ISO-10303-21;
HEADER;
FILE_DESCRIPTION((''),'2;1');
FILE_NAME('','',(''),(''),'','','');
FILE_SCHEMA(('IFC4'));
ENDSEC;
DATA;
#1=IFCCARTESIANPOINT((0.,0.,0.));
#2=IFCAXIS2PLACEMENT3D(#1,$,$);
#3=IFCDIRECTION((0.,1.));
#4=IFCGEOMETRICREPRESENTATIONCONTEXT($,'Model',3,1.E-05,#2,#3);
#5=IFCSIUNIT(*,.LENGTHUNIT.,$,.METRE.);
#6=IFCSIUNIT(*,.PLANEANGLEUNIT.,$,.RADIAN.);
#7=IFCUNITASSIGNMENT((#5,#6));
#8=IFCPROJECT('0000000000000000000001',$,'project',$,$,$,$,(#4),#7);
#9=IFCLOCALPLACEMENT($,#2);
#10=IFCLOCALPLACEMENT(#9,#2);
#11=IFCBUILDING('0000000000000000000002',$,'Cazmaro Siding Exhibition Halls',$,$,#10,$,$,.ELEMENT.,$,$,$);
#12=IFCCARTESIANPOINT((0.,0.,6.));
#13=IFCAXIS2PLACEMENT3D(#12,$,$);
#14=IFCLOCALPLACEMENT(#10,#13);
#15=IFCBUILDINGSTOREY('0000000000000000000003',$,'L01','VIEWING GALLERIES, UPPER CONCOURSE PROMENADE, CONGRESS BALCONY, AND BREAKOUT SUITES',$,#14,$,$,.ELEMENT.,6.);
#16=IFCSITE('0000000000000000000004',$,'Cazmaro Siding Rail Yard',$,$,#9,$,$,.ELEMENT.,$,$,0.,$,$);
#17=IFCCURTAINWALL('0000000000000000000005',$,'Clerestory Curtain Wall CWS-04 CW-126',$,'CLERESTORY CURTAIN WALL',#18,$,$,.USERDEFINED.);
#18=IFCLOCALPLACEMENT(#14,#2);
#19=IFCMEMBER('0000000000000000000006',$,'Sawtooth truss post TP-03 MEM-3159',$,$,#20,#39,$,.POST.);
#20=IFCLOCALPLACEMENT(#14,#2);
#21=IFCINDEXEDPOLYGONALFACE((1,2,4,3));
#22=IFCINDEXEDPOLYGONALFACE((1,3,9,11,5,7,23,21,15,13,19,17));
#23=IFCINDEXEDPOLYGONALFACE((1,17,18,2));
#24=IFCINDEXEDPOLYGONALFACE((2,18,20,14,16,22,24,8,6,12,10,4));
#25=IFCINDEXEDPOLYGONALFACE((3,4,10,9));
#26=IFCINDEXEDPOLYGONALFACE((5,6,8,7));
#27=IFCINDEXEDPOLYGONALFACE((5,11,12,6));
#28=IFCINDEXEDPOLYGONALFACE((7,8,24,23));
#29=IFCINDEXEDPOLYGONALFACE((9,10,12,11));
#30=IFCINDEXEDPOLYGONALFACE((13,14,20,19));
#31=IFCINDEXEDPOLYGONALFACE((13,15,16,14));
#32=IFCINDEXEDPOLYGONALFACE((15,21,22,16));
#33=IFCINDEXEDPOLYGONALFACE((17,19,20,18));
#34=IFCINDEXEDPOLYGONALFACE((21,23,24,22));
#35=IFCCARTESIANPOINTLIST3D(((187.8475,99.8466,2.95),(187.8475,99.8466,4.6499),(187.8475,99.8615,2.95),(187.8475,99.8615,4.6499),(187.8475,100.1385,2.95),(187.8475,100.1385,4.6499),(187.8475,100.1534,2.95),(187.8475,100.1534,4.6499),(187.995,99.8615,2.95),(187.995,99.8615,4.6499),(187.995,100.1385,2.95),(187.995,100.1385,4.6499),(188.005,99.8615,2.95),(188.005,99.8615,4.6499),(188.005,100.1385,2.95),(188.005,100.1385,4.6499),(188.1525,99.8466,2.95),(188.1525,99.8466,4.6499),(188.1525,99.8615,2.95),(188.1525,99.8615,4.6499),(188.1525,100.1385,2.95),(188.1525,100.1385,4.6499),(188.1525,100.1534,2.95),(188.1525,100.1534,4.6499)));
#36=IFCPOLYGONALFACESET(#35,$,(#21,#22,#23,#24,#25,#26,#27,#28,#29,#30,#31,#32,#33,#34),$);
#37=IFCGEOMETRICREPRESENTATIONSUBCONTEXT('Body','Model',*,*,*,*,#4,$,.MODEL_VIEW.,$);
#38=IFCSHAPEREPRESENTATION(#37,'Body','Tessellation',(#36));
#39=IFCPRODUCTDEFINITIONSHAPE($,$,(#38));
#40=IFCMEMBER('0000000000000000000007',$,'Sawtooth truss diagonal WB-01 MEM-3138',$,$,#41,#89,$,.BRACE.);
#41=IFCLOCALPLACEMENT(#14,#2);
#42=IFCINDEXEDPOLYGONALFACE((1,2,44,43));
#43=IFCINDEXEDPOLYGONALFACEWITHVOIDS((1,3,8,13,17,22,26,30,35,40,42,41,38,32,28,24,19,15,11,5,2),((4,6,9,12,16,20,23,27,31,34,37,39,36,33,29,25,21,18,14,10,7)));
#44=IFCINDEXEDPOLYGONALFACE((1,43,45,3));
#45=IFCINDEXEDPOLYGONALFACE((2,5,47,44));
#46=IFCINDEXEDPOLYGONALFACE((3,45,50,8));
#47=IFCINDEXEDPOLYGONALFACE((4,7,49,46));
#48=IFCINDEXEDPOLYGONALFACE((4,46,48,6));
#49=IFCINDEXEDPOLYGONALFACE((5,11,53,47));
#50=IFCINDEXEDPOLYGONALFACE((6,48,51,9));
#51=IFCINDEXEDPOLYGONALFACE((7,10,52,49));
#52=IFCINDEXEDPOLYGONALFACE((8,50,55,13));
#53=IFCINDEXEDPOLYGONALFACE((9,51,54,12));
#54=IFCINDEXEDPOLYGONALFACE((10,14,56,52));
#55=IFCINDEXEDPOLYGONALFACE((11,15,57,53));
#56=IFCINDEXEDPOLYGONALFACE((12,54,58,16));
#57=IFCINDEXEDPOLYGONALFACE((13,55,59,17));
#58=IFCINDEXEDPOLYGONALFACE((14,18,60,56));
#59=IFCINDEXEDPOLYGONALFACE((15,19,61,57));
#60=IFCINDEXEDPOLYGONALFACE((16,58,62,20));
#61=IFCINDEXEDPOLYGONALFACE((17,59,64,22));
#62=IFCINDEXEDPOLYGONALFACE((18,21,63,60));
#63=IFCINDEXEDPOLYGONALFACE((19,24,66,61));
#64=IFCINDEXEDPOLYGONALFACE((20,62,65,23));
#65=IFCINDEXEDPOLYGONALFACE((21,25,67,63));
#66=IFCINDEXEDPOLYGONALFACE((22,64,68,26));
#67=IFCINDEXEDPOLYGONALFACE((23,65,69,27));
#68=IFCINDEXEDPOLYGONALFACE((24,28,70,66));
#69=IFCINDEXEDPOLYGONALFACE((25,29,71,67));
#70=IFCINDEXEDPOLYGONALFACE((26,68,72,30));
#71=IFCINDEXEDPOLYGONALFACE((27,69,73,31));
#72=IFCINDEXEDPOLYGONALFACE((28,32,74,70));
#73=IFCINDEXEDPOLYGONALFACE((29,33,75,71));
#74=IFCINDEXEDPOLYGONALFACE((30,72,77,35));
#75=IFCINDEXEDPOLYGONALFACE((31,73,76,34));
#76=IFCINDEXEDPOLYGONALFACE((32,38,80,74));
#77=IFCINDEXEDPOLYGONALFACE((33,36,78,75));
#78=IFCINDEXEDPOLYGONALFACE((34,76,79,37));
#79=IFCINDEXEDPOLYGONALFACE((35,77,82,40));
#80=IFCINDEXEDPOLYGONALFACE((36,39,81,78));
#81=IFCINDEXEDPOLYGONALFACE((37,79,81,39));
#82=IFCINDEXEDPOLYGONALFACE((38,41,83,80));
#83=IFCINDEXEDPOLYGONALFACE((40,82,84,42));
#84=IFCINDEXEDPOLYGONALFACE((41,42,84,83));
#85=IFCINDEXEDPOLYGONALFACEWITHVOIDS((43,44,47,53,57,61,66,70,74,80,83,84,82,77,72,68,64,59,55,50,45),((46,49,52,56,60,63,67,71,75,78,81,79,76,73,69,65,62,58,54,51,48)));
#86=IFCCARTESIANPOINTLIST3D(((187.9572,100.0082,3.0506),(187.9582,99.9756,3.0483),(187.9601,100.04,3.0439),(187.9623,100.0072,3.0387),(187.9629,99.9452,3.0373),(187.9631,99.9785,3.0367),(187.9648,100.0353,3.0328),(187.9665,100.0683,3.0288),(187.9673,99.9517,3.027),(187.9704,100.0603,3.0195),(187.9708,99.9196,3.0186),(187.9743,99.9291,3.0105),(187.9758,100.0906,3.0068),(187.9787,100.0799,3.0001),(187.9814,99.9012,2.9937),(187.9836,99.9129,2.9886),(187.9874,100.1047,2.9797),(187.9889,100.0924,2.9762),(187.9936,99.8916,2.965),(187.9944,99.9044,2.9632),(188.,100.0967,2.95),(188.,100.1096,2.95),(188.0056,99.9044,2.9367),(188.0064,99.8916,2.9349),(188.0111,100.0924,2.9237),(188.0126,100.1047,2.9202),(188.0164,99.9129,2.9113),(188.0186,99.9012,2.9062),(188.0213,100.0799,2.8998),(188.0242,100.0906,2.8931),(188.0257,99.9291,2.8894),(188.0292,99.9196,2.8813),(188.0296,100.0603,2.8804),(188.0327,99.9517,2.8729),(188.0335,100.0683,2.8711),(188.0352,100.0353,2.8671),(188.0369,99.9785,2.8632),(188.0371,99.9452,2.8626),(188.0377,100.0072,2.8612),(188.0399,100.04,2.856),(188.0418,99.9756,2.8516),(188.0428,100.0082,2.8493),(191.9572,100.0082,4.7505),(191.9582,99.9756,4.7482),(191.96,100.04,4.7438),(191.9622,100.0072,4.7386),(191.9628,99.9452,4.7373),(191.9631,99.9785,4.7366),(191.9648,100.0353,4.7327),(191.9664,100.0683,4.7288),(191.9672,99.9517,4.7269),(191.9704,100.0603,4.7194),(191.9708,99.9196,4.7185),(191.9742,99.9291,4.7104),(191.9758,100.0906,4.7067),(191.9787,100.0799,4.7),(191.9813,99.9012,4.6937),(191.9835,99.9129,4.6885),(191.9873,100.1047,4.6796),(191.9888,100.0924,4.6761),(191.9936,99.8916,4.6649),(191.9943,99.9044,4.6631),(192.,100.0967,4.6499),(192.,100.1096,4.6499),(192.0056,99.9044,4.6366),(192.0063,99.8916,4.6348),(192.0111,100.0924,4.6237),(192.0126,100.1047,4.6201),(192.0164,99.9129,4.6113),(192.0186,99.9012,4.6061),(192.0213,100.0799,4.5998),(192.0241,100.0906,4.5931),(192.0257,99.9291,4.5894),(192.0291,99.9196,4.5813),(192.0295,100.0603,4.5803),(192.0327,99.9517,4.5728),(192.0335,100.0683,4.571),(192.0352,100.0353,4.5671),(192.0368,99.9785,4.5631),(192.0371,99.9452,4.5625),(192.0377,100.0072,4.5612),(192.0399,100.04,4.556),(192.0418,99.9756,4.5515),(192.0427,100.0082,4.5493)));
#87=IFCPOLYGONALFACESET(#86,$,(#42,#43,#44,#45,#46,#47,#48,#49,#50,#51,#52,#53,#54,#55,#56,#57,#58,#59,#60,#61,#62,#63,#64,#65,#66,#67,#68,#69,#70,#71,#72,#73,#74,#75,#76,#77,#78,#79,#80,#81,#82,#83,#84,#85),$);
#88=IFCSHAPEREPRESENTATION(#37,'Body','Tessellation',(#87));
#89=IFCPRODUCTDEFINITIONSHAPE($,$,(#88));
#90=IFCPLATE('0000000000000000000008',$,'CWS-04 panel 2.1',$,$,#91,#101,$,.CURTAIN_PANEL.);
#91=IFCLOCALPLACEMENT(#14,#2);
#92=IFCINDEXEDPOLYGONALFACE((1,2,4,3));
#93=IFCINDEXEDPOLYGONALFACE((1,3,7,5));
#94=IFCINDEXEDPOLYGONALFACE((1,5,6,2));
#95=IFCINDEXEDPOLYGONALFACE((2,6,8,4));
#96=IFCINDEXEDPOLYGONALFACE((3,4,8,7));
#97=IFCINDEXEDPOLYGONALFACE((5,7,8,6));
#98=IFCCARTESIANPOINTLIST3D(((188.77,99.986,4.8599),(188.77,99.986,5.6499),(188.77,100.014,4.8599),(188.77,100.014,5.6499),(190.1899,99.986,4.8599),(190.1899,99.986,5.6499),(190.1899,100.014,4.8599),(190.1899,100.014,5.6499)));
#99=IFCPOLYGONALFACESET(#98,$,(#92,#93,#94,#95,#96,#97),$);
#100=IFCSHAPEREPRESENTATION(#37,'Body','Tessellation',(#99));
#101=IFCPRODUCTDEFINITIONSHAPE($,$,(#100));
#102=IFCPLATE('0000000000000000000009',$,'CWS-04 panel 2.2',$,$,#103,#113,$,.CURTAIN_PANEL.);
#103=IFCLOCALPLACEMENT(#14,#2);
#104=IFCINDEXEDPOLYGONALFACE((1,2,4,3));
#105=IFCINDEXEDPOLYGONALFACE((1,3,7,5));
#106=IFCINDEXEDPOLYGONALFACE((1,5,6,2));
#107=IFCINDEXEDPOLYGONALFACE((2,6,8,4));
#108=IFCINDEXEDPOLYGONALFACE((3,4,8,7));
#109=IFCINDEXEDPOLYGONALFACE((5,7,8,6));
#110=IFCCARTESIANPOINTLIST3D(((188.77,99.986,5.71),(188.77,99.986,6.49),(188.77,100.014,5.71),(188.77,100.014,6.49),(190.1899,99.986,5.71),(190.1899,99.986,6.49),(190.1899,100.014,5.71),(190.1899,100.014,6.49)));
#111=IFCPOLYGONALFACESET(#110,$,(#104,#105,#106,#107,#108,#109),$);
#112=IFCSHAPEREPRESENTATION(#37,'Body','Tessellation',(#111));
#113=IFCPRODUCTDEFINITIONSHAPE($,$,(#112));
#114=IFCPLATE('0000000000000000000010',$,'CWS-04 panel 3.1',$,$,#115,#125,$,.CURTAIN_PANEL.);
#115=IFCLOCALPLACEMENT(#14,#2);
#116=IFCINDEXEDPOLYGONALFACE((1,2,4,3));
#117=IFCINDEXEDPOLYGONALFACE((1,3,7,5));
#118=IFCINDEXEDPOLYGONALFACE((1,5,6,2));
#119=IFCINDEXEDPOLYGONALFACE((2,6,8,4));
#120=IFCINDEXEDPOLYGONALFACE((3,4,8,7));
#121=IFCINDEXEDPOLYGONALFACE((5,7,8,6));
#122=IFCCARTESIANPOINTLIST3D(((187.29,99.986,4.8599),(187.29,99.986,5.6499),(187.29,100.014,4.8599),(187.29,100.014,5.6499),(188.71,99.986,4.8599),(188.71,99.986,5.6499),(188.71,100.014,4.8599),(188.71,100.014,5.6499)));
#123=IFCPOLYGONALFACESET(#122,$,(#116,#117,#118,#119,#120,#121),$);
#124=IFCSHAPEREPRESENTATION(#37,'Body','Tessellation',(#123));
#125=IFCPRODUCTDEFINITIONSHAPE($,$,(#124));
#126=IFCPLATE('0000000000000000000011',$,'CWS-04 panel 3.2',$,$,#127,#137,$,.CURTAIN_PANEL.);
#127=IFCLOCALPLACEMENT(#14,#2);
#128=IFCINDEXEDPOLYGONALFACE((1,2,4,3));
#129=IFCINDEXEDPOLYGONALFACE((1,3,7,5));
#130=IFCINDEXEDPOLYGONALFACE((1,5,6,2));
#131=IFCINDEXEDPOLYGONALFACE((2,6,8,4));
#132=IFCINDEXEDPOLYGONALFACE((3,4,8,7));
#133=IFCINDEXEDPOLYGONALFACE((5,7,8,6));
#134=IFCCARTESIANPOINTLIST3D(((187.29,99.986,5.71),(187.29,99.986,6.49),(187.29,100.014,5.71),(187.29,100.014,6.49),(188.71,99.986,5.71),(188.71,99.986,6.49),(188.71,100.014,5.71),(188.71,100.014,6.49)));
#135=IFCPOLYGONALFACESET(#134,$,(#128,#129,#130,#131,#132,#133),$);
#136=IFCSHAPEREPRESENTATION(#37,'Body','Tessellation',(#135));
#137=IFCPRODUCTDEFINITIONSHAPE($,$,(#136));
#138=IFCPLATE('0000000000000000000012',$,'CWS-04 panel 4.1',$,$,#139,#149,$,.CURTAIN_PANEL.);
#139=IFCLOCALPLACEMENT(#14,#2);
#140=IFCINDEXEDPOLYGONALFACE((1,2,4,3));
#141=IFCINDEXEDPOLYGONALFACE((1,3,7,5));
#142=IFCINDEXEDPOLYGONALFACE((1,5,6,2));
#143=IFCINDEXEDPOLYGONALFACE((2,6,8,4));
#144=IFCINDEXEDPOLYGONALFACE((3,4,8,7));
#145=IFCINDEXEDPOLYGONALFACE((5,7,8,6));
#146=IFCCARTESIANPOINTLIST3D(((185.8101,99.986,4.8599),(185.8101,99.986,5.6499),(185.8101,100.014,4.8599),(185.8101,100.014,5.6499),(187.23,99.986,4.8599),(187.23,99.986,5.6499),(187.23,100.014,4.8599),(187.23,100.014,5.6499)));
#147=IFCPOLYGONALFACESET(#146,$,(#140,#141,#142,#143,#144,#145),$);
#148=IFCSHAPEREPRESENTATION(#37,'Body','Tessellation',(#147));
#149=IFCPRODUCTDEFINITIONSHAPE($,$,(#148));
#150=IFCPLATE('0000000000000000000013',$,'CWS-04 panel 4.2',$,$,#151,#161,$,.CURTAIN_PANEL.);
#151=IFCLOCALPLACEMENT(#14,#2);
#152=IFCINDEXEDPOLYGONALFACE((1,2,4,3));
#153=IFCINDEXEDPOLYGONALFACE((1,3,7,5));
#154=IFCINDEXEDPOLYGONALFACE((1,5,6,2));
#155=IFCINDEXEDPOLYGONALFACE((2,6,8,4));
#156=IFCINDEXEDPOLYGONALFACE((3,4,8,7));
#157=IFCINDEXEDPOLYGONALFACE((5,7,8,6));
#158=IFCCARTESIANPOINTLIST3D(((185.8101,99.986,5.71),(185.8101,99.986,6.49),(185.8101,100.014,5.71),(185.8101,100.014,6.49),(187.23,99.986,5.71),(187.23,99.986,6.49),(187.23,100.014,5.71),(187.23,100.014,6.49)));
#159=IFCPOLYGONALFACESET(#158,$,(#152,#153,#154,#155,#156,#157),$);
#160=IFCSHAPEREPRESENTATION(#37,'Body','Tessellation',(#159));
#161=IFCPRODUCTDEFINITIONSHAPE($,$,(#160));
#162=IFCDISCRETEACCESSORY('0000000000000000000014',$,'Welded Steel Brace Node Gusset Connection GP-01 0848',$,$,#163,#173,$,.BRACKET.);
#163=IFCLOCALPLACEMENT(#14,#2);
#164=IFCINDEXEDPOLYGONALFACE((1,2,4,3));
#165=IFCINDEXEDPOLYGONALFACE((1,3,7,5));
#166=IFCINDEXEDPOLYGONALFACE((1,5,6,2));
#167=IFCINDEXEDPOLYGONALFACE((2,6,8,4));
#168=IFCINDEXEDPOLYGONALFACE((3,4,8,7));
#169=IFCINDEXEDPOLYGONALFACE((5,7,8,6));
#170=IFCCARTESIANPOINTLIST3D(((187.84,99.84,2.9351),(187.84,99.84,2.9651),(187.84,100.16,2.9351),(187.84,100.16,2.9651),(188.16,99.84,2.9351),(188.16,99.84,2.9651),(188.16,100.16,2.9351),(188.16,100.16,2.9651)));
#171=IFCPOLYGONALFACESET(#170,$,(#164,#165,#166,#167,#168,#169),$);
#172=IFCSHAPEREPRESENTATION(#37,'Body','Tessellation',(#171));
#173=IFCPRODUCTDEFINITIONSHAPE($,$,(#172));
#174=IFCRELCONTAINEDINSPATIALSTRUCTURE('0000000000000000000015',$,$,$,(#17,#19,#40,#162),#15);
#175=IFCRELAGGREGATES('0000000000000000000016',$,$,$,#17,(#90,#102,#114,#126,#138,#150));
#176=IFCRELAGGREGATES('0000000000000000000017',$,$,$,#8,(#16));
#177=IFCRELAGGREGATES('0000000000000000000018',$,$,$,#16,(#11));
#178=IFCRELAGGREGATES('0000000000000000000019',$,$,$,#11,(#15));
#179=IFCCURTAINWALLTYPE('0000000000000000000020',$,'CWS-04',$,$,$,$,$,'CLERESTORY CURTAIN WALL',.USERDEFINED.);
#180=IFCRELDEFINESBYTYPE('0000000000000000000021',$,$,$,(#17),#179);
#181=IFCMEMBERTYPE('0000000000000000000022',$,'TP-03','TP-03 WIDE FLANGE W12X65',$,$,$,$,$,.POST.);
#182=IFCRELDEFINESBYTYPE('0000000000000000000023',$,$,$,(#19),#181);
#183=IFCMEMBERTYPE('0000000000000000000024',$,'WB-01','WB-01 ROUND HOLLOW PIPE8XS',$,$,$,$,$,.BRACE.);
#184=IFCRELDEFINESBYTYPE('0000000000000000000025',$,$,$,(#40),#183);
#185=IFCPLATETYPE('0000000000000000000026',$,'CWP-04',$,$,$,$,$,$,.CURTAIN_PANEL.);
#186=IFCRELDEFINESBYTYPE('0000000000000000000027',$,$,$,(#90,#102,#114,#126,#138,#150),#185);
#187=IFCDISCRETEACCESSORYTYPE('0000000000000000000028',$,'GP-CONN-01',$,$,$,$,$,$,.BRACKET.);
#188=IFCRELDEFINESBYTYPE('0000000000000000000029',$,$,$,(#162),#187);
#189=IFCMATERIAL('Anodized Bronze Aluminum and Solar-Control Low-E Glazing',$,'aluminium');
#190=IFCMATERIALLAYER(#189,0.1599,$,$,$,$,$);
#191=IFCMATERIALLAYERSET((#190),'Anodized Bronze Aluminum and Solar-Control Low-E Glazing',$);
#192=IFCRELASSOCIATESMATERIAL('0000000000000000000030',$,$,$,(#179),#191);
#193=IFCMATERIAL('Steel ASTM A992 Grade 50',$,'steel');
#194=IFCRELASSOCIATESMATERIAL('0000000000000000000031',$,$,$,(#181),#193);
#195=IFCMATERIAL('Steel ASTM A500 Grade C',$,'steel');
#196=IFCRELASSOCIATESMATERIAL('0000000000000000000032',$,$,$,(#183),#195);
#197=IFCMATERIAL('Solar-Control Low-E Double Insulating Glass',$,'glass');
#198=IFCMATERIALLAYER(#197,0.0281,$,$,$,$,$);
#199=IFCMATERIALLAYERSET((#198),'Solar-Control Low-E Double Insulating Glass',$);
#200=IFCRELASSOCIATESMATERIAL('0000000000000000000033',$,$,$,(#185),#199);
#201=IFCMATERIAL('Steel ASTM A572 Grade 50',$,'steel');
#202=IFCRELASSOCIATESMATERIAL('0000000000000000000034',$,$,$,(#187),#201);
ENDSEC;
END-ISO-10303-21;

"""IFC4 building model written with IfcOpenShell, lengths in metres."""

from ifc_helpers import new_model, si_unit, direction, frame, origin, origin_2d, place, context, subcontext, project, spatial, rectangle, hollow_circle, i_section, extrude, material, layer, layer_set, material_profile, profile_set, type_object, element, aggregate, save


model = new_model("IFC4")

# Units and contexts
model_context = context("Model", 3, precision=1e-05, world=origin(), true_north=direction((0.0, 1.0)))
body_context = subcontext(model_context, "Body", "Model", "MODEL_VIEW")
ifc_project = project(units=[si_unit("LENGTHUNIT", "METRE"), si_unit("PLANEANGLEUNIT", "RADIAN")], contexts=[model_context])

# Site, building, storey
site_placement = place(None, origin())
site = spatial("IfcSite", under=ifc_project, at=site_placement, Name="Cazmaro Siding Rail Yard", CompositionType="ELEMENT", RefElevation=0.0)
building_placement = place(site_placement, origin())
building = spatial("IfcBuilding", under=site, at=building_placement, Name="Cazmaro Siding Exhibition Halls", CompositionType="ELEMENT")
storey_placement = place(building_placement, frame((0.0, 0.0, 6.0)))
storey = spatial("IfcBuildingStorey", under=building, at=storey_placement, Name="L01", Description="VIEWING GALLERIES, UPPER CONCOURSE PROMENADE, CONGRESS BALCONY, AND BREAKOUT SUITES", CompositionType="ELEMENT", Elevation=6.0)

# Curtain wall
ifc_material_1 = material(Name="Anodized Bronze Aluminum and Solar-Control Low-E Glazing", Category="aluminium")
ifc_layer_1 = layer(ifc_material_1, 0.1599)
ifc_layer_set_1 = layer_set([ifc_layer_1], Name="Anodized Bronze Aluminum and Solar-Control Low-E Glazing")
curtain_wall_type = type_object("IfcCurtainWallType", Name="CWS-04", ElementType="CLERESTORY CURTAIN WALL", PredefinedType="USERDEFINED", material=ifc_layer_set_1)
curtain_wall_placement = place(storey_placement, origin())
curtain_wall = element("IfcCurtainWall", 1, at=curtain_wall_placement, inside=storey, type_object=curtain_wall_type, Name="Clerestory Curtain Wall CWS-04 CW-126", ObjectType="CLERESTORY CURTAIN WALL", PredefinedType="USERDEFINED")

# Members
ifc_material_2 = material(Name="Steel ASTM A992 Grade 50", Category="steel")
ifc_material_profile_1 = material_profile(ifc_material_2, i_section(OverallWidth=0.3049, OverallDepth=0.3069, WebThickness=0.01, FlangeThickness=0.0149, at=origin_2d()), Name="W12X65")
ifc_profile_set_1 = profile_set([ifc_material_profile_1], Name="Steel ASTM A992 Grade 50")
member_type_1 = type_object("IfcMemberType", Name="TP-03", Description="TP-03 WIDE FLANGE W12X65", PredefinedType="POST", material=ifc_profile_set_1)
member_1_placement = place(storey_placement, frame((188.0, 100.0, 2.95), z_axis=(0.0, 0.0, 1.0), x_axis=(1.0, 0.0, 0.0)))
element("IfcMember", 2, at=member_1_placement, inside=storey, type_object=member_type_1, Name="Sawtooth truss post TP-03 MEM-3159", PredefinedType="POST", context=body_context, shape_type="SweptSolid", body=[
    extrude(i_section(OverallWidth=0.3049, OverallDepth=0.3069, WebThickness=0.01, FlangeThickness=0.0149, at=origin_2d()), origin(), (0.0, 0.0, 1.0), 1.7),
])
ifc_material_3 = material(Name="Steel ASTM A500 Grade C", Category="steel")
ifc_material_profile_2 = material_profile(ifc_material_3, hollow_circle(Radius=0.1096, WallThickness=0.0129, at=origin_2d()), Name="PIPE8XS")
ifc_profile_set_2 = profile_set([ifc_material_profile_2], Name="Steel ASTM A500 Grade C")
member_type_2 = type_object("IfcMemberType", Name="WB-01", Description="WB-01 ROUND HOLLOW PIPE8XS", PredefinedType="BRACE", material=ifc_profile_set_2)
member_2_placement = place(storey_placement, frame((188.0, 100.0, 2.95), z_axis=(0.920335, 0.0, 0.391131), x_axis=(0.0, 1.0, 0.0)))
element("IfcMember", 3, at=member_2_placement, inside=storey, type_object=member_type_2, Name="Sawtooth truss diagonal WB-01 MEM-3138", PredefinedType="BRACE", context=body_context, shape_type="SweptSolid", body=[
    extrude(hollow_circle(Radius=0.1096, WallThickness=0.0129, at=origin_2d()), origin(), (0.0, 0.0, 1.0), 4.3462),
])

# Plates
ifc_material_4 = material(Name="Solar-Control Low-E Double Insulating Glass", Category="glass")
ifc_layer_2 = layer(ifc_material_4, 0.0281)
ifc_layer_set_2 = layer_set([ifc_layer_2], Name="Solar-Control Low-E Double Insulating Glass")
plate_type = type_object("IfcPlateType", Name="CWP-04", PredefinedType="CURTAIN_PANEL", material=ifc_layer_set_2)
plate_1_placement = place(storey_placement, frame((189.48, 100.0, 4.8599), z_axis=(0.0, 0.0, 1.0), x_axis=(-1.0, 0.0, 0.0)))
plate_1 = element("IfcPlate", 4, at=plate_1_placement, type_object=plate_type, Name="CWS-04 panel 2.1", PredefinedType="CURTAIN_PANEL", context=body_context, shape_type="SweptSolid", body=[
    extrude(rectangle(XDim=1.4199, YDim=0.0281, at=origin_2d()), origin(), (0.0, 0.0, 1.0), 0.79),
])
plate_2_placement = place(storey_placement, frame((189.48, 100.0, 5.71), z_axis=(0.0, 0.0, 1.0), x_axis=(-1.0, 0.0, 0.0)))
plate_2 = element("IfcPlate", 5, at=plate_2_placement, type_object=plate_type, Name="CWS-04 panel 2.2", PredefinedType="CURTAIN_PANEL", context=body_context, shape_type="SweptSolid", body=[
    extrude(rectangle(XDim=1.4199, YDim=0.0281, at=origin_2d()), origin(), (0.0, 0.0, 1.0), 0.78),
])
plate_3_placement = place(storey_placement, frame((188.0, 100.0, 4.8599), z_axis=(0.0, 0.0, 1.0), x_axis=(-1.0, 0.0, 0.0)))
plate_3 = element("IfcPlate", 6, at=plate_3_placement, type_object=plate_type, Name="CWS-04 panel 3.1", PredefinedType="CURTAIN_PANEL", context=body_context, shape_type="SweptSolid", body=[
    extrude(rectangle(XDim=1.4199, YDim=0.0281, at=origin_2d()), origin(), (0.0, 0.0, 1.0), 0.79),
])
plate_4_placement = place(storey_placement, frame((188.0, 100.0, 5.71), z_axis=(0.0, 0.0, 1.0), x_axis=(-1.0, 0.0, 0.0)))
plate_4 = element("IfcPlate", 7, at=plate_4_placement, type_object=plate_type, Name="CWS-04 panel 3.2", PredefinedType="CURTAIN_PANEL", context=body_context, shape_type="SweptSolid", body=[
    extrude(rectangle(XDim=1.4199, YDim=0.0281, at=origin_2d()), origin(), (0.0, 0.0, 1.0), 0.78),
])
plate_5_placement = place(storey_placement, frame((186.52, 100.0, 4.8599), z_axis=(0.0, 0.0, 1.0), x_axis=(-1.0, 0.0, 0.0)))
plate_5 = element("IfcPlate", 8, at=plate_5_placement, type_object=plate_type, Name="CWS-04 panel 4.1", PredefinedType="CURTAIN_PANEL", context=body_context, shape_type="SweptSolid", body=[
    extrude(rectangle(XDim=1.4199, YDim=0.0281, at=origin_2d()), origin(), (0.0, 0.0, 1.0), 0.79),
])
plate_6_placement = place(storey_placement, frame((186.52, 100.0, 5.71), z_axis=(0.0, 0.0, 1.0), x_axis=(-1.0, 0.0, 0.0)))
plate_6 = element("IfcPlate", 9, at=plate_6_placement, type_object=plate_type, Name="CWS-04 panel 4.2", PredefinedType="CURTAIN_PANEL", context=body_context, shape_type="SweptSolid", body=[
    extrude(rectangle(XDim=1.4199, YDim=0.0281, at=origin_2d()), origin(), (0.0, 0.0, 1.0), 0.78),
])
aggregate(curtain_wall, [plate_1, plate_2, plate_3, plate_4, plate_5, plate_6])

# Discrete accessory
ifc_material_5 = material(Name="Steel ASTM A572 Grade 50", Category="steel")
discrete_accessory_type = type_object("IfcDiscreteAccessoryType", Name="GP-CONN-01", PredefinedType="BRACKET", material=ifc_material_5)
discrete_accessory_placement = place(storey_placement, frame((188.0, 100.0, 2.9351), z_axis=(0.0, 0.0, 1.0), x_axis=(1.0, 0.0, 0.0)))
element("IfcDiscreteAccessory", 10, at=discrete_accessory_placement, inside=storey, type_object=discrete_accessory_type, Name="Welded Steel Brace Node Gusset Connection GP-01 0848", PredefinedType="BRACKET", context=body_context, shape_type="SweptSolid", body=[
    extrude(rectangle(XDim=0.3201, YDim=0.3201, at=origin_2d()), origin(), (0.0, 0.0, 1.0), 0.03),
])

save(model, "model.ifc")
